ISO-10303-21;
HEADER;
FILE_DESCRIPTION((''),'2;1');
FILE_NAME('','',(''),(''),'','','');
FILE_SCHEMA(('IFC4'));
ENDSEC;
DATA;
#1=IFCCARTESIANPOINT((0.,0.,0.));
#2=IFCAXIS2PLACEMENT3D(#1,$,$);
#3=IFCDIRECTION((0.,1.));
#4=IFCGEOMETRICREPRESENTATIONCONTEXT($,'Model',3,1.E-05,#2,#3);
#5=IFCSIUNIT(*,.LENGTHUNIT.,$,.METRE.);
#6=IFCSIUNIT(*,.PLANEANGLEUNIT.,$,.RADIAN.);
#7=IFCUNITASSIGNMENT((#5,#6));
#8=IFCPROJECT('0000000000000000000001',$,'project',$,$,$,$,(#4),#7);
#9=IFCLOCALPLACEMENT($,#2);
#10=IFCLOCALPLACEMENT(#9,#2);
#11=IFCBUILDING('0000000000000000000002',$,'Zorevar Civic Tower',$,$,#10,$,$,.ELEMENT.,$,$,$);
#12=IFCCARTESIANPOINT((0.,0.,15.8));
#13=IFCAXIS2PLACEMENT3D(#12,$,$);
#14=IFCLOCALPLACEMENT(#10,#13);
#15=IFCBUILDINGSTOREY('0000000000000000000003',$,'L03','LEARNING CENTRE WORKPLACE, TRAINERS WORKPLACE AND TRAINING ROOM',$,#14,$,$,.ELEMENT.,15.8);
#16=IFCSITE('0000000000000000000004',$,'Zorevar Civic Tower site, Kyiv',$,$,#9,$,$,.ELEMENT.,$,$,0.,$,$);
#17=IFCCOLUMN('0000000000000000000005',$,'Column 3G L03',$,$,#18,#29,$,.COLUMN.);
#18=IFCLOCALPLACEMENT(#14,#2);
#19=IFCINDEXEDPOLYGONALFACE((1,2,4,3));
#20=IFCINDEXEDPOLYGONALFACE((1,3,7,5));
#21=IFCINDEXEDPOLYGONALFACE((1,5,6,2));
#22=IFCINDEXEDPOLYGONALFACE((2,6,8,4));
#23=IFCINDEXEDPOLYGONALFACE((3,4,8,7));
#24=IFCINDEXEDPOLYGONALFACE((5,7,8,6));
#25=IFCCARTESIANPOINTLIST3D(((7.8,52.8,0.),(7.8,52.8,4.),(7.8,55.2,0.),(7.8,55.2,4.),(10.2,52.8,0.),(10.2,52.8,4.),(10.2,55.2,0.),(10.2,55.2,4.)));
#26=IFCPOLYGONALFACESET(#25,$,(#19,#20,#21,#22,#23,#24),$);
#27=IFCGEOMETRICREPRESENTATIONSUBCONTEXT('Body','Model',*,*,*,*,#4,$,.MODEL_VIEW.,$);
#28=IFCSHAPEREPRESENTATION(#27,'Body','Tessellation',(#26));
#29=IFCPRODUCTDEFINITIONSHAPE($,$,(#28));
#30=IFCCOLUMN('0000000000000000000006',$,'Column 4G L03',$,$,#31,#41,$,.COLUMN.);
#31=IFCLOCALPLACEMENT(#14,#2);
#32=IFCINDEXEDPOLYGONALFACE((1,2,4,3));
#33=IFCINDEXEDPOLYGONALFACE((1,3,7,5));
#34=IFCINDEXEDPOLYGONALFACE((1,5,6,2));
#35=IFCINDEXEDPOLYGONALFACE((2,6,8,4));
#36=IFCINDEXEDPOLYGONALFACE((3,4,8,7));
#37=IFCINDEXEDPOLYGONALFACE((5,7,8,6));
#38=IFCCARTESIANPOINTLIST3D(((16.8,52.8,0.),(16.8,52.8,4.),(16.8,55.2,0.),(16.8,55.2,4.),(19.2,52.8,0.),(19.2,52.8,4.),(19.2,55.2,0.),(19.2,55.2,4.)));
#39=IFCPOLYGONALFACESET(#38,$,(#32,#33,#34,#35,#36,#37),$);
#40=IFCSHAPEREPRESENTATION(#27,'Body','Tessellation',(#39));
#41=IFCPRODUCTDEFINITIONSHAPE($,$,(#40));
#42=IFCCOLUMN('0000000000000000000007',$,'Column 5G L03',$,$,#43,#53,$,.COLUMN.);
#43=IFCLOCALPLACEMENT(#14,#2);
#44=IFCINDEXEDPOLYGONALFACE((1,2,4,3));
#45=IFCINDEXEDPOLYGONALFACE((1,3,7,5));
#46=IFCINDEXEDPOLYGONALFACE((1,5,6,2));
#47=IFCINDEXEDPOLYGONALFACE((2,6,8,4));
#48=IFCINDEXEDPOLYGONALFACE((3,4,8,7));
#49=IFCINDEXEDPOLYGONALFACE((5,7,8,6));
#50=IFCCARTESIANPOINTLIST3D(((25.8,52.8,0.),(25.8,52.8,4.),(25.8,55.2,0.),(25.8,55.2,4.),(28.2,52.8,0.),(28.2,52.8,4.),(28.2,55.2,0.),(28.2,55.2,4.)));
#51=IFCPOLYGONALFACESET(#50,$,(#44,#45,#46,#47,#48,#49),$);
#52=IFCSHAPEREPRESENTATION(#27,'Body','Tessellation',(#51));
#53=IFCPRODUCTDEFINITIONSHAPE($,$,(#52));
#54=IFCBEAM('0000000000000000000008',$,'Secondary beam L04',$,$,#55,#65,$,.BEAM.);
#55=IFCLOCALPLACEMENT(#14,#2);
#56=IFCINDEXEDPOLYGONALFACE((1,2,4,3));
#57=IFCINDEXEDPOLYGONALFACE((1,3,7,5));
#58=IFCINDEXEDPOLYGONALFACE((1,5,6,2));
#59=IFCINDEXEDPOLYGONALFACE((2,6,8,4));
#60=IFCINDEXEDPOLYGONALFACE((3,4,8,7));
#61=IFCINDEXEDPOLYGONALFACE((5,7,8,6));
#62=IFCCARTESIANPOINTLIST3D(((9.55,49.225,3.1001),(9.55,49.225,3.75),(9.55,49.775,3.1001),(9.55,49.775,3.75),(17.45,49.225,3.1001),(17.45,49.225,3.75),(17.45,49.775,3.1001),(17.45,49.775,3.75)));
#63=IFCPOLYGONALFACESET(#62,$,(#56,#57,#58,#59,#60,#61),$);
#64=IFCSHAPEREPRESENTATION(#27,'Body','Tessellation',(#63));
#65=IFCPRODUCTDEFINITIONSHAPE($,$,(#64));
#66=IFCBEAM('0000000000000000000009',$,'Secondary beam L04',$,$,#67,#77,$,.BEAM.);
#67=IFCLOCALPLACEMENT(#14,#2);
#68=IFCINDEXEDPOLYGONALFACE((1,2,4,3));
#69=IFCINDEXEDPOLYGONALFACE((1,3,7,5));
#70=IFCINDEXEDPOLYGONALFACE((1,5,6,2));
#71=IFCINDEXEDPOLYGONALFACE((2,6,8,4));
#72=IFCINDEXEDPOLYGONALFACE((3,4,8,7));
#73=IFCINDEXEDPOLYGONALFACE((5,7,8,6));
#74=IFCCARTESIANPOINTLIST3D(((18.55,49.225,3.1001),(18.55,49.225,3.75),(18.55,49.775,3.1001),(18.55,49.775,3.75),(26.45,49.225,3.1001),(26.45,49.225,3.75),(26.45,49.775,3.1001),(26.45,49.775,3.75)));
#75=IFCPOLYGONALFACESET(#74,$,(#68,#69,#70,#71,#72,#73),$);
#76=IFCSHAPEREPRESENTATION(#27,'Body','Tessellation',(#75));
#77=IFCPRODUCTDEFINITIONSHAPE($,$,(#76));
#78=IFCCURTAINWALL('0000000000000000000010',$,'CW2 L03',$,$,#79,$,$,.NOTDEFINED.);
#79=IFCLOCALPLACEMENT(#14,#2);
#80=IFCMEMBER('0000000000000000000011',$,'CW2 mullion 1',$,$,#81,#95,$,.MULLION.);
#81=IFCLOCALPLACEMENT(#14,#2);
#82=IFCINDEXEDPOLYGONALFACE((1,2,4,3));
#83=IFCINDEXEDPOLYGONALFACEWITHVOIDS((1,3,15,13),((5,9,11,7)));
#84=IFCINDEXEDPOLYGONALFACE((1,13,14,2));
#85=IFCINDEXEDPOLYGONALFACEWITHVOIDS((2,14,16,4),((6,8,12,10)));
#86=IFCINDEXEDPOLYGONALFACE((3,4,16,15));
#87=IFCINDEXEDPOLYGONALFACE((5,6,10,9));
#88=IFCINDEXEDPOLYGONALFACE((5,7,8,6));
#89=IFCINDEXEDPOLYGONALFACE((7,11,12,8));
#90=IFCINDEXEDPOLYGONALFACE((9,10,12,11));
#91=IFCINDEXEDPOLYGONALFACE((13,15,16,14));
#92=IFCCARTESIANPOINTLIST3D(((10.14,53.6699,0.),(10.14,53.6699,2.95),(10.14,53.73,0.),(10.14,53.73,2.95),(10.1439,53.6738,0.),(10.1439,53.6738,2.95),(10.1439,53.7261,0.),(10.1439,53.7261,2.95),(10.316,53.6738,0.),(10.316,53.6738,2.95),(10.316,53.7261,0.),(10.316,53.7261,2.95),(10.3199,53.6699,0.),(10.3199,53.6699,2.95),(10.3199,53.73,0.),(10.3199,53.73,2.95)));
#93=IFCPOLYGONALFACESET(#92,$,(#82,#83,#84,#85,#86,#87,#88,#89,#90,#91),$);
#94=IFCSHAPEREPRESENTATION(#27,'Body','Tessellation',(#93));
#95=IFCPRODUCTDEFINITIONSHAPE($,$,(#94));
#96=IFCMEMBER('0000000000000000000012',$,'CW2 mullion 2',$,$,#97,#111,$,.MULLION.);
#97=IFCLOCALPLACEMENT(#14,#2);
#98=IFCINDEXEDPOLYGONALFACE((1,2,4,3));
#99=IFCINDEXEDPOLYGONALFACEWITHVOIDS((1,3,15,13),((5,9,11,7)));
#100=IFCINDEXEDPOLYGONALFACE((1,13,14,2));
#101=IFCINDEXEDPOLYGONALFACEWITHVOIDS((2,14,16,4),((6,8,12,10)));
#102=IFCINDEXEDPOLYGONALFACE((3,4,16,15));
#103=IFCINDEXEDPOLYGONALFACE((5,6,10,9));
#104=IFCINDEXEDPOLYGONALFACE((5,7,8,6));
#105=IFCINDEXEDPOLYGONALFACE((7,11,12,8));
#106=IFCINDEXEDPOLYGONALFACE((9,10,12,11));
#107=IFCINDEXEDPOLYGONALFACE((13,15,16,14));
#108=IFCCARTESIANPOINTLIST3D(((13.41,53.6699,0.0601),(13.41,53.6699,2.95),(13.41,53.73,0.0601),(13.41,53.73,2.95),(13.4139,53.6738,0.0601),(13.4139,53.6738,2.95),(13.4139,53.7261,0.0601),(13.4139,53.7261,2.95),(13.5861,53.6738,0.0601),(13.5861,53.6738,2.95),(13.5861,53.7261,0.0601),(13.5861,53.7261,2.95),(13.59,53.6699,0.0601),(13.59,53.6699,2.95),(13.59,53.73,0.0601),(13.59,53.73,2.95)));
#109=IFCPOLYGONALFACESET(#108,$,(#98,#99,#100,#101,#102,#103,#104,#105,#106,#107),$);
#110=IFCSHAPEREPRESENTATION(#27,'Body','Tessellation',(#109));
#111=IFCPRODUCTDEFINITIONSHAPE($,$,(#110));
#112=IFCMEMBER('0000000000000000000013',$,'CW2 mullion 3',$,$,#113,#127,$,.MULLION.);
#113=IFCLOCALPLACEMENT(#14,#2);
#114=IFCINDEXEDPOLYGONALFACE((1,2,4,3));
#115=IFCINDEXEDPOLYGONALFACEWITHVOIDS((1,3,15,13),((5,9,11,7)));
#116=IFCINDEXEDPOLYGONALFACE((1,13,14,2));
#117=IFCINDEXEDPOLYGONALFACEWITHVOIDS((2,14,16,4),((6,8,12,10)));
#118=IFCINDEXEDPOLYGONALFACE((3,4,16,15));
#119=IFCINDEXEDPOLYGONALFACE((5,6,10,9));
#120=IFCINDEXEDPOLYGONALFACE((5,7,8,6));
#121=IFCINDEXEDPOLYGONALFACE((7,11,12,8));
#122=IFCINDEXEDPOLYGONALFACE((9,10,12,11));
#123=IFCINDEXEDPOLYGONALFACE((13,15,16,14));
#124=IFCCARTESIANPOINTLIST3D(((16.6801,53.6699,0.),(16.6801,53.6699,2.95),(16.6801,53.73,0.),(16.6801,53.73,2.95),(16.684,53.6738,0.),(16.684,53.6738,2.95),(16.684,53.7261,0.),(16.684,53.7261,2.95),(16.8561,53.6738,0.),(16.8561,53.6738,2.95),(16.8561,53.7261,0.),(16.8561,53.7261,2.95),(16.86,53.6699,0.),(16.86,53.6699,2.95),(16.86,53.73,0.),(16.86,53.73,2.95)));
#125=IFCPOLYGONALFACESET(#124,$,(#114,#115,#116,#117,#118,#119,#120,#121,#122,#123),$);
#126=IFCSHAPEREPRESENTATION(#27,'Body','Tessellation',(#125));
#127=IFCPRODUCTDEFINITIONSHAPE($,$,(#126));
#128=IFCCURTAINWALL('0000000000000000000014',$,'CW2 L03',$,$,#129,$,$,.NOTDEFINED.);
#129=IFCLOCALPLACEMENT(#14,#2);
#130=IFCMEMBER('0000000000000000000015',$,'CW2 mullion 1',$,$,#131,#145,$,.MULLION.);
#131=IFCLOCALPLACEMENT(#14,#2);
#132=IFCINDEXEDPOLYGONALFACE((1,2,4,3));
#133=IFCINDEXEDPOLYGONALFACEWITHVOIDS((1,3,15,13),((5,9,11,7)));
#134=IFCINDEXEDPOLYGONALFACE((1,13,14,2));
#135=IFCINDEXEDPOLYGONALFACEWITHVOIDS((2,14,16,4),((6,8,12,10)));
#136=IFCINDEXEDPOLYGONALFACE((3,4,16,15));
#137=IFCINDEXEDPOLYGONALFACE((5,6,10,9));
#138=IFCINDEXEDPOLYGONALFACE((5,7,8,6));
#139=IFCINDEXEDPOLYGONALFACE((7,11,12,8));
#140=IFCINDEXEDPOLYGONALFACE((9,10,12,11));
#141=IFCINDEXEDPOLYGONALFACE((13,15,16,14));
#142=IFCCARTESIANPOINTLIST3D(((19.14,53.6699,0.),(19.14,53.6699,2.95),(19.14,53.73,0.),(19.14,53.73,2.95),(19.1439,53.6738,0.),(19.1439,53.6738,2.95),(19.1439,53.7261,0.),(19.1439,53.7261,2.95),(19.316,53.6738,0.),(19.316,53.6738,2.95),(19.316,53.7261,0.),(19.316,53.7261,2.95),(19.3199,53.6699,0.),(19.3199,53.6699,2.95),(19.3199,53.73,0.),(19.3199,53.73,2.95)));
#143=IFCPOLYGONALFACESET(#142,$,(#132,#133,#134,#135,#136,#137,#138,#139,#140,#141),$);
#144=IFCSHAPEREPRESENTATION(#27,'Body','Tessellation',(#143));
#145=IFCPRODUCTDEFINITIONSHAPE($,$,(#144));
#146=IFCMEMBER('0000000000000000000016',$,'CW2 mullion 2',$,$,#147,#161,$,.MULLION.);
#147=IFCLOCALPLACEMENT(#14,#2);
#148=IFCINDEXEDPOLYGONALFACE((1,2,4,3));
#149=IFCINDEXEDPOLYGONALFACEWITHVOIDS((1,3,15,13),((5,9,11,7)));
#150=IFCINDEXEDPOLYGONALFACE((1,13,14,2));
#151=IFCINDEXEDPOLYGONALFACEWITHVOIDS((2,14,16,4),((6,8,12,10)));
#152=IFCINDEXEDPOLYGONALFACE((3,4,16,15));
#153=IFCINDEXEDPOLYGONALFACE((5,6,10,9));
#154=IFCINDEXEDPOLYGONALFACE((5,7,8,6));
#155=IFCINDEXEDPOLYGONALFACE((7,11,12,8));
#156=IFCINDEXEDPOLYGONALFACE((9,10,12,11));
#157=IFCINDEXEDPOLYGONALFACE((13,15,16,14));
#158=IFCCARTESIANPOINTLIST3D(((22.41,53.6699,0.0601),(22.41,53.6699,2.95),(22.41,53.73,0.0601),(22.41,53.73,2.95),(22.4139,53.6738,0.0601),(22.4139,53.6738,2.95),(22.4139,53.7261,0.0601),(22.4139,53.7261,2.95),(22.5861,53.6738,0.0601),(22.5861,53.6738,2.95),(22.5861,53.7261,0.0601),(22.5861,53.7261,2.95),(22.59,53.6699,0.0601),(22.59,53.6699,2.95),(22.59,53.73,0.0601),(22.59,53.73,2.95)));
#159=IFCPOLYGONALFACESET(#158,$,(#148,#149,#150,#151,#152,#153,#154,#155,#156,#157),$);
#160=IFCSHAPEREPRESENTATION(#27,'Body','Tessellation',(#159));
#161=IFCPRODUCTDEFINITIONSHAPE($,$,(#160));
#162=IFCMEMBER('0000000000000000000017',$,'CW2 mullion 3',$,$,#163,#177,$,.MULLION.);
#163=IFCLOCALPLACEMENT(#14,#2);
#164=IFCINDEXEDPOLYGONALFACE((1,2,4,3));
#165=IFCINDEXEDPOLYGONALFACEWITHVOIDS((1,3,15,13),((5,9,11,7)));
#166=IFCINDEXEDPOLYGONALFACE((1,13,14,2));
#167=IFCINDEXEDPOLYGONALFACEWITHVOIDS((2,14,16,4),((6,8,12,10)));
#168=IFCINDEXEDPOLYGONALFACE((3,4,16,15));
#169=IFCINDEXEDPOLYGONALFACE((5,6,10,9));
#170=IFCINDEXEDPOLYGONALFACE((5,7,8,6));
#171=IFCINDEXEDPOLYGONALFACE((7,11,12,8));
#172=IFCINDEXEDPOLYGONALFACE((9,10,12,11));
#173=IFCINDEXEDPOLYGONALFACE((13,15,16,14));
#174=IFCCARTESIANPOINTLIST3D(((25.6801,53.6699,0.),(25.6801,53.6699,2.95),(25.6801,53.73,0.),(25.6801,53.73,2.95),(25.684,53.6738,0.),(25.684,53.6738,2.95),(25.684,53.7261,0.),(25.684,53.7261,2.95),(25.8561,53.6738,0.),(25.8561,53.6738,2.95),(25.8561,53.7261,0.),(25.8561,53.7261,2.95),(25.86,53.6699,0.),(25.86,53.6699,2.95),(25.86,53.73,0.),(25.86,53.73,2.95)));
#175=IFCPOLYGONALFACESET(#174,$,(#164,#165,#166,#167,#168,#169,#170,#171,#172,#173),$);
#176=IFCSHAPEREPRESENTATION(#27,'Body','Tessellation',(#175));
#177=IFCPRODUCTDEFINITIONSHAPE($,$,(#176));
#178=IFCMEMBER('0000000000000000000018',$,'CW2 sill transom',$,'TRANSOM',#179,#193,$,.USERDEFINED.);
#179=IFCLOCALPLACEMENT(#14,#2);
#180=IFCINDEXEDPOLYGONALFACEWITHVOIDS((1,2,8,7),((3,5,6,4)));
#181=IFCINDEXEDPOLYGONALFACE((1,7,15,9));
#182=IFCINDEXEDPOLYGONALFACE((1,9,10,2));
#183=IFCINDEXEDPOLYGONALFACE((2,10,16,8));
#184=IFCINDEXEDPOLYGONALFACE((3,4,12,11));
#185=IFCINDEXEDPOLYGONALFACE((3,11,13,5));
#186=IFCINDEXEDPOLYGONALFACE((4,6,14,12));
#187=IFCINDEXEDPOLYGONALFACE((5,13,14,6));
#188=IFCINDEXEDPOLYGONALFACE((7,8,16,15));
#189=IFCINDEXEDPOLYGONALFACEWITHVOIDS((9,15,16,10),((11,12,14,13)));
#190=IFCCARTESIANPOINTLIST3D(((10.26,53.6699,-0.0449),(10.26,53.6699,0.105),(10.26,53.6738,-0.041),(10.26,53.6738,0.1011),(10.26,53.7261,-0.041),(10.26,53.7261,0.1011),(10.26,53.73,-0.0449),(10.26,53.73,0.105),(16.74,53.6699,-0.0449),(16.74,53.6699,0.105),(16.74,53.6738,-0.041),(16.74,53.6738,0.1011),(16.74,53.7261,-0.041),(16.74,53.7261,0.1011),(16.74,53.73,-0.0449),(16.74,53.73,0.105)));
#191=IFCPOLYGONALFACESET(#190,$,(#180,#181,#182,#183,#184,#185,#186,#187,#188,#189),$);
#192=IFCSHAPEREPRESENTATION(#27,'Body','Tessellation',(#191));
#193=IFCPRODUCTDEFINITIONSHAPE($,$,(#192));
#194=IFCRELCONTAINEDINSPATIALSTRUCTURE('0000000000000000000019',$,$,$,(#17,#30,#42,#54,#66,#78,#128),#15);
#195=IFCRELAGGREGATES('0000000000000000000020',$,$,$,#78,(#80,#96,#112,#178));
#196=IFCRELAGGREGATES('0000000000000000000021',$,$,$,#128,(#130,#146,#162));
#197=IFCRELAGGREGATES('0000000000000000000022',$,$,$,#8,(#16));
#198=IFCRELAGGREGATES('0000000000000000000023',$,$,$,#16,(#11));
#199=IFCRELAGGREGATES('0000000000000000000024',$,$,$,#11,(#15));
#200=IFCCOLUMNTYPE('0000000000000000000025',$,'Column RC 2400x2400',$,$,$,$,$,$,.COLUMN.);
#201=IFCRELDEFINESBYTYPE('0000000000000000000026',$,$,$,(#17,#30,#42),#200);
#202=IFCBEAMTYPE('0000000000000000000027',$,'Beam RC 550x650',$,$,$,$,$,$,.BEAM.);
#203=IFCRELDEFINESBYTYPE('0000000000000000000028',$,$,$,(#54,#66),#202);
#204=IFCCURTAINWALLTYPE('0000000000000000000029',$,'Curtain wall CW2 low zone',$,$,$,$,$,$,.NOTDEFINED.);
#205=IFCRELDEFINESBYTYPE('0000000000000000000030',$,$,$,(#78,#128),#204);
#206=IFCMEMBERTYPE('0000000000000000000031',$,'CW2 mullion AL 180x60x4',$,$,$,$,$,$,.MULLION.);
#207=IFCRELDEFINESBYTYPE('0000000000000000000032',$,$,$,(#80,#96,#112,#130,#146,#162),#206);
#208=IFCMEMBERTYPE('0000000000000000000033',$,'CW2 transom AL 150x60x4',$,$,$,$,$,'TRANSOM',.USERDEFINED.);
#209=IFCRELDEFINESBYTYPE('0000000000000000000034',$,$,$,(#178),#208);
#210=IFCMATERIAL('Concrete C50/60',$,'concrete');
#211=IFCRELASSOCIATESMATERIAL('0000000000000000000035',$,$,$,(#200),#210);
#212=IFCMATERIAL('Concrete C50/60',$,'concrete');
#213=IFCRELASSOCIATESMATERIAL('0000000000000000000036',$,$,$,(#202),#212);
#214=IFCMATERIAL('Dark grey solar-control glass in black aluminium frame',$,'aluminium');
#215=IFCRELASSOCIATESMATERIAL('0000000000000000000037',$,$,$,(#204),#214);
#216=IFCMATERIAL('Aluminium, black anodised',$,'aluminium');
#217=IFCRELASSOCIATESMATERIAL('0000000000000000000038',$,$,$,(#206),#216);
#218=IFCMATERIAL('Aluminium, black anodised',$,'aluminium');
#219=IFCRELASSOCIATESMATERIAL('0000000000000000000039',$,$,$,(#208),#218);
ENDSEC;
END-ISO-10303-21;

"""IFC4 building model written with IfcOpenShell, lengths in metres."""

from ifc_helpers import new_model, si_unit, direction, frame, origin, origin_2d, place, context, subcontext, project, spatial, rectangle, hollow_rectangle, extrude, material, material_profile, profile_set, type_object, element, aggregate, save


model = new_model("IFC4")

# Units and contexts
model_context = context("Model", 3, precision=1e-05, world=origin(), true_north=direction((0.0, 1.0)))
body_context = subcontext(model_context, "Body", "Model", "MODEL_VIEW")
ifc_project = project(units=[si_unit("LENGTHUNIT", "METRE"), si_unit("PLANEANGLEUNIT", "RADIAN")], contexts=[model_context])

# Site, building, storey
site_placement = place(None, origin())
site = spatial("IfcSite", under=ifc_project, at=site_placement, Name="Zorevar Civic Tower site, Kyiv", CompositionType="ELEMENT", RefElevation=0.0)
building_placement = place(site_placement, origin())
building = spatial("IfcBuilding", under=site, at=building_placement, Name="Zorevar Civic Tower", CompositionType="ELEMENT")
storey_placement = place(building_placement, frame((0.0, 0.0, 15.8)))
storey = spatial("IfcBuildingStorey", under=building, at=storey_placement, Name="L03", Description="LEARNING CENTRE WORKPLACE, TRAINERS WORKPLACE AND TRAINING ROOM", CompositionType="ELEMENT", Elevation=15.8)

# Columns
ifc_material_1 = material(Name="Concrete C50/60", Category="concrete")
ifc_material_profile_1 = material_profile(ifc_material_1, rectangle(XDim=2.3999, YDim=2.3999, at=origin_2d()), Name="RC 2400x2400")
ifc_profile_set_1 = profile_set([ifc_material_profile_1], Name="Concrete C50/60")
column_type = type_object("IfcColumnType", Name="Column RC 2400x2400", PredefinedType="COLUMN", material=ifc_profile_set_1)
for number, where, z_axis, x_axis, name in (
    (1, (9.0, 54.0, 0.0), (0.0, 0.0, 1.0), (1.0, 0.0, 0.0), "Column 3G L03"),
    (2, (18.0, 54.0, 0.0), (0.0, 0.0, 1.0), (1.0, 0.0, 0.0), "Column 4G L03"),
    (3, (27.0, 54.0, 0.0), (0.0, 0.0, 1.0), (1.0, 0.0, 0.0), "Column 5G L03"),
):
    element("IfcColumn", number, at=place(storey_placement, frame(where, z_axis=z_axis, x_axis=x_axis)), inside=storey, type_object=column_type, Name=name, PredefinedType="COLUMN", context=body_context, shape_type="SweptSolid", body=[
        extrude(rectangle(XDim=2.3999, YDim=2.3999, at=origin_2d()), origin(), (0.0, 0.0, 1.0), 4.0),
    ])

# Beams
ifc_material_2 = material(Name="Concrete C50/60", Category="concrete")
ifc_material_profile_2 = material_profile(ifc_material_2, rectangle(XDim=0.55, YDim=0.6499, at=origin_2d()), Name="RC 550x650")
ifc_profile_set_2 = profile_set([ifc_material_profile_2], Name="Concrete C50/60")
beam_type_1 = type_object("IfcBeamType", Name="Beam RC 550x650", PredefinedType="BEAM", material=ifc_profile_set_2)
for number, where, z_axis, x_axis, name in (
    (4, (9.55, 49.5, 3.425), (1.0, 0.0, 0.0), (0.0, 1.0, 0.0), "Secondary beam L04"),
    (5, (18.55, 49.5, 3.425), (1.0, 0.0, 0.0), (0.0, 1.0, 0.0), "Secondary beam L04"),
):
    element("IfcBeam", number, at=place(storey_placement, frame(where, z_axis=z_axis, x_axis=x_axis)), inside=storey, type_object=beam_type_1, Name=name, PredefinedType="BEAM", context=body_context, shape_type="SweptSolid", body=[
        extrude(rectangle(XDim=0.55, YDim=0.6499, at=origin_2d()), origin(), (0.0, 0.0, 1.0), 7.8999),
    ])

# Curtain walls, members
ifc_material_3 = material(Name="Dark grey solar-control glass in black aluminium frame", Category="aluminium")
curtain_wall_type = type_object("IfcCurtainWallType", Name="Curtain wall CW2 low zone", PredefinedType="NOTDEFINED", material=ifc_material_3)
curtain_wall_1_placement = place(storey_placement, origin())
curtain_wall_1 = element("IfcCurtainWall", 6, at=curtain_wall_1_placement, inside=storey, type_object=curtain_wall_type, Name="CW2 L03", PredefinedType="NOTDEFINED")
ifc_material_4 = material(Name="Aluminium, black anodised", Category="aluminium")
ifc_material_profile_3 = material_profile(ifc_material_4, hollow_rectangle(XDim=0.0601, YDim=0.1799, WallThickness=0.0039, at=origin_2d()), Name="AL 180x60x4")
ifc_profile_set_3 = profile_set([ifc_material_profile_3], Name="Aluminium, black anodised")
member_type_1 = type_object("IfcMemberType", Name="CW2 mullion AL 180x60x4", PredefinedType="MULLION", material=ifc_profile_set_3)
member_1_placement = place(storey_placement, frame((10.23, 53.7, 0.0), z_axis=(0.0, 0.0, 1.0), x_axis=(0.0, 1.0, 0.0)))
member_1 = element("IfcMember", 7, at=member_1_placement, type_object=member_type_1, Name="CW2 mullion 1", PredefinedType="MULLION", context=body_context, shape_type="SweptSolid", body=[
    extrude(hollow_rectangle(XDim=0.0601, YDim=0.1799, WallThickness=0.0039, at=origin_2d()), origin(), (0.0, 0.0, 1.0), 2.95),
])
member_2_placement = place(storey_placement, frame((13.5, 53.7, 0.0601), z_axis=(0.0, 0.0, 1.0), x_axis=(0.0, 1.0, 0.0)))
member_2 = element("IfcMember", 8, at=member_2_placement, type_object=member_type_1, Name="CW2 mullion 2", PredefinedType="MULLION", context=body_context, shape_type="SweptSolid", body=[
    extrude(hollow_rectangle(XDim=0.0601, YDim=0.1799, WallThickness=0.0039, at=origin_2d()), origin(), (0.0, 0.0, 1.0), 2.8899),
])
member_3_placement = place(storey_placement, frame((16.77, 53.7, 0.0), z_axis=(0.0, 0.0, 1.0), x_axis=(0.0, 1.0, 0.0)))
member_3 = element("IfcMember", 9, at=member_3_placement, type_object=member_type_1, Name="CW2 mullion 3", PredefinedType="MULLION", context=body_context, shape_type="SweptSolid", body=[
    extrude(hollow_rectangle(XDim=0.0601, YDim=0.1799, WallThickness=0.0039, at=origin_2d()), origin(), (0.0, 0.0, 1.0), 2.95),
])
curtain_wall_2_placement = place(storey_placement, origin())
curtain_wall_2 = element("IfcCurtainWall", 10, at=curtain_wall_2_placement, inside=storey, type_object=curtain_wall_type, Name="CW2 L03", PredefinedType="NOTDEFINED")
member_4_placement = place(storey_placement, frame((19.23, 53.7, 0.0), z_axis=(0.0, 0.0, 1.0), x_axis=(0.0, 1.0, 0.0)))
member_4 = element("IfcMember", 11, at=member_4_placement, type_object=member_type_1, Name="CW2 mullion 1", PredefinedType="MULLION", context=body_context, shape_type="SweptSolid", body=[
    extrude(hollow_rectangle(XDim=0.0601, YDim=0.1799, WallThickness=0.0039, at=origin_2d()), origin(), (0.0, 0.0, 1.0), 2.95),
])
member_5_placement = place(storey_placement, frame((22.5, 53.7, 0.0601), z_axis=(0.0, 0.0, 1.0), x_axis=(0.0, 1.0, 0.0)))
member_5 = element("IfcMember", 12, at=member_5_placement, type_object=member_type_1, Name="CW2 mullion 2", PredefinedType="MULLION", context=body_context, shape_type="SweptSolid", body=[
    extrude(hollow_rectangle(XDim=0.0601, YDim=0.1799, WallThickness=0.0039, at=origin_2d()), origin(), (0.0, 0.0, 1.0), 2.8899),
])
member_6_placement = place(storey_placement, frame((25.77, 53.7, 0.0), z_axis=(0.0, 0.0, 1.0), x_axis=(0.0, 1.0, 0.0)))
member_6 = element("IfcMember", 13, at=member_6_placement, type_object=member_type_1, Name="CW2 mullion 3", PredefinedType="MULLION", context=body_context, shape_type="SweptSolid", body=[
    extrude(hollow_rectangle(XDim=0.0601, YDim=0.1799, WallThickness=0.0039, at=origin_2d()), origin(), (0.0, 0.0, 1.0), 2.95),
])

# Member
ifc_material_5 = material(Name="Aluminium, black anodised", Category="aluminium")
ifc_material_profile_4 = material_profile(ifc_material_5, hollow_rectangle(XDim=0.0601, YDim=0.1499, WallThickness=0.0039, at=origin_2d()), Name="AL 150x60x4")
ifc_profile_set_4 = profile_set([ifc_material_profile_4], Name="Aluminium, black anodised")
member_type_2 = type_object("IfcMemberType", Name="CW2 transom AL 150x60x4", ElementType="TRANSOM", PredefinedType="USERDEFINED", material=ifc_profile_set_4)
member_7_placement = place(storey_placement, frame((10.26, 53.7, 0.03), z_axis=(1.0, 0.0, 0.0), x_axis=(0.0, 1.0, 0.0)))
member_7 = element("IfcMember", 14, at=member_7_placement, type_object=member_type_2, Name="CW2 sill transom", ObjectType="TRANSOM", PredefinedType="USERDEFINED", context=body_context, shape_type="SweptSolid", body=[
    extrude(hollow_rectangle(XDim=0.0601, YDim=0.1499, WallThickness=0.0039, at=origin_2d()), origin(), (0.0, 0.0, 1.0), 6.48),
])

aggregate(curtain_wall_1, [member_1, member_2, member_3, member_7])
aggregate(curtain_wall_2, [member_4, member_5, member_6])

save(model, "model.ifc")
